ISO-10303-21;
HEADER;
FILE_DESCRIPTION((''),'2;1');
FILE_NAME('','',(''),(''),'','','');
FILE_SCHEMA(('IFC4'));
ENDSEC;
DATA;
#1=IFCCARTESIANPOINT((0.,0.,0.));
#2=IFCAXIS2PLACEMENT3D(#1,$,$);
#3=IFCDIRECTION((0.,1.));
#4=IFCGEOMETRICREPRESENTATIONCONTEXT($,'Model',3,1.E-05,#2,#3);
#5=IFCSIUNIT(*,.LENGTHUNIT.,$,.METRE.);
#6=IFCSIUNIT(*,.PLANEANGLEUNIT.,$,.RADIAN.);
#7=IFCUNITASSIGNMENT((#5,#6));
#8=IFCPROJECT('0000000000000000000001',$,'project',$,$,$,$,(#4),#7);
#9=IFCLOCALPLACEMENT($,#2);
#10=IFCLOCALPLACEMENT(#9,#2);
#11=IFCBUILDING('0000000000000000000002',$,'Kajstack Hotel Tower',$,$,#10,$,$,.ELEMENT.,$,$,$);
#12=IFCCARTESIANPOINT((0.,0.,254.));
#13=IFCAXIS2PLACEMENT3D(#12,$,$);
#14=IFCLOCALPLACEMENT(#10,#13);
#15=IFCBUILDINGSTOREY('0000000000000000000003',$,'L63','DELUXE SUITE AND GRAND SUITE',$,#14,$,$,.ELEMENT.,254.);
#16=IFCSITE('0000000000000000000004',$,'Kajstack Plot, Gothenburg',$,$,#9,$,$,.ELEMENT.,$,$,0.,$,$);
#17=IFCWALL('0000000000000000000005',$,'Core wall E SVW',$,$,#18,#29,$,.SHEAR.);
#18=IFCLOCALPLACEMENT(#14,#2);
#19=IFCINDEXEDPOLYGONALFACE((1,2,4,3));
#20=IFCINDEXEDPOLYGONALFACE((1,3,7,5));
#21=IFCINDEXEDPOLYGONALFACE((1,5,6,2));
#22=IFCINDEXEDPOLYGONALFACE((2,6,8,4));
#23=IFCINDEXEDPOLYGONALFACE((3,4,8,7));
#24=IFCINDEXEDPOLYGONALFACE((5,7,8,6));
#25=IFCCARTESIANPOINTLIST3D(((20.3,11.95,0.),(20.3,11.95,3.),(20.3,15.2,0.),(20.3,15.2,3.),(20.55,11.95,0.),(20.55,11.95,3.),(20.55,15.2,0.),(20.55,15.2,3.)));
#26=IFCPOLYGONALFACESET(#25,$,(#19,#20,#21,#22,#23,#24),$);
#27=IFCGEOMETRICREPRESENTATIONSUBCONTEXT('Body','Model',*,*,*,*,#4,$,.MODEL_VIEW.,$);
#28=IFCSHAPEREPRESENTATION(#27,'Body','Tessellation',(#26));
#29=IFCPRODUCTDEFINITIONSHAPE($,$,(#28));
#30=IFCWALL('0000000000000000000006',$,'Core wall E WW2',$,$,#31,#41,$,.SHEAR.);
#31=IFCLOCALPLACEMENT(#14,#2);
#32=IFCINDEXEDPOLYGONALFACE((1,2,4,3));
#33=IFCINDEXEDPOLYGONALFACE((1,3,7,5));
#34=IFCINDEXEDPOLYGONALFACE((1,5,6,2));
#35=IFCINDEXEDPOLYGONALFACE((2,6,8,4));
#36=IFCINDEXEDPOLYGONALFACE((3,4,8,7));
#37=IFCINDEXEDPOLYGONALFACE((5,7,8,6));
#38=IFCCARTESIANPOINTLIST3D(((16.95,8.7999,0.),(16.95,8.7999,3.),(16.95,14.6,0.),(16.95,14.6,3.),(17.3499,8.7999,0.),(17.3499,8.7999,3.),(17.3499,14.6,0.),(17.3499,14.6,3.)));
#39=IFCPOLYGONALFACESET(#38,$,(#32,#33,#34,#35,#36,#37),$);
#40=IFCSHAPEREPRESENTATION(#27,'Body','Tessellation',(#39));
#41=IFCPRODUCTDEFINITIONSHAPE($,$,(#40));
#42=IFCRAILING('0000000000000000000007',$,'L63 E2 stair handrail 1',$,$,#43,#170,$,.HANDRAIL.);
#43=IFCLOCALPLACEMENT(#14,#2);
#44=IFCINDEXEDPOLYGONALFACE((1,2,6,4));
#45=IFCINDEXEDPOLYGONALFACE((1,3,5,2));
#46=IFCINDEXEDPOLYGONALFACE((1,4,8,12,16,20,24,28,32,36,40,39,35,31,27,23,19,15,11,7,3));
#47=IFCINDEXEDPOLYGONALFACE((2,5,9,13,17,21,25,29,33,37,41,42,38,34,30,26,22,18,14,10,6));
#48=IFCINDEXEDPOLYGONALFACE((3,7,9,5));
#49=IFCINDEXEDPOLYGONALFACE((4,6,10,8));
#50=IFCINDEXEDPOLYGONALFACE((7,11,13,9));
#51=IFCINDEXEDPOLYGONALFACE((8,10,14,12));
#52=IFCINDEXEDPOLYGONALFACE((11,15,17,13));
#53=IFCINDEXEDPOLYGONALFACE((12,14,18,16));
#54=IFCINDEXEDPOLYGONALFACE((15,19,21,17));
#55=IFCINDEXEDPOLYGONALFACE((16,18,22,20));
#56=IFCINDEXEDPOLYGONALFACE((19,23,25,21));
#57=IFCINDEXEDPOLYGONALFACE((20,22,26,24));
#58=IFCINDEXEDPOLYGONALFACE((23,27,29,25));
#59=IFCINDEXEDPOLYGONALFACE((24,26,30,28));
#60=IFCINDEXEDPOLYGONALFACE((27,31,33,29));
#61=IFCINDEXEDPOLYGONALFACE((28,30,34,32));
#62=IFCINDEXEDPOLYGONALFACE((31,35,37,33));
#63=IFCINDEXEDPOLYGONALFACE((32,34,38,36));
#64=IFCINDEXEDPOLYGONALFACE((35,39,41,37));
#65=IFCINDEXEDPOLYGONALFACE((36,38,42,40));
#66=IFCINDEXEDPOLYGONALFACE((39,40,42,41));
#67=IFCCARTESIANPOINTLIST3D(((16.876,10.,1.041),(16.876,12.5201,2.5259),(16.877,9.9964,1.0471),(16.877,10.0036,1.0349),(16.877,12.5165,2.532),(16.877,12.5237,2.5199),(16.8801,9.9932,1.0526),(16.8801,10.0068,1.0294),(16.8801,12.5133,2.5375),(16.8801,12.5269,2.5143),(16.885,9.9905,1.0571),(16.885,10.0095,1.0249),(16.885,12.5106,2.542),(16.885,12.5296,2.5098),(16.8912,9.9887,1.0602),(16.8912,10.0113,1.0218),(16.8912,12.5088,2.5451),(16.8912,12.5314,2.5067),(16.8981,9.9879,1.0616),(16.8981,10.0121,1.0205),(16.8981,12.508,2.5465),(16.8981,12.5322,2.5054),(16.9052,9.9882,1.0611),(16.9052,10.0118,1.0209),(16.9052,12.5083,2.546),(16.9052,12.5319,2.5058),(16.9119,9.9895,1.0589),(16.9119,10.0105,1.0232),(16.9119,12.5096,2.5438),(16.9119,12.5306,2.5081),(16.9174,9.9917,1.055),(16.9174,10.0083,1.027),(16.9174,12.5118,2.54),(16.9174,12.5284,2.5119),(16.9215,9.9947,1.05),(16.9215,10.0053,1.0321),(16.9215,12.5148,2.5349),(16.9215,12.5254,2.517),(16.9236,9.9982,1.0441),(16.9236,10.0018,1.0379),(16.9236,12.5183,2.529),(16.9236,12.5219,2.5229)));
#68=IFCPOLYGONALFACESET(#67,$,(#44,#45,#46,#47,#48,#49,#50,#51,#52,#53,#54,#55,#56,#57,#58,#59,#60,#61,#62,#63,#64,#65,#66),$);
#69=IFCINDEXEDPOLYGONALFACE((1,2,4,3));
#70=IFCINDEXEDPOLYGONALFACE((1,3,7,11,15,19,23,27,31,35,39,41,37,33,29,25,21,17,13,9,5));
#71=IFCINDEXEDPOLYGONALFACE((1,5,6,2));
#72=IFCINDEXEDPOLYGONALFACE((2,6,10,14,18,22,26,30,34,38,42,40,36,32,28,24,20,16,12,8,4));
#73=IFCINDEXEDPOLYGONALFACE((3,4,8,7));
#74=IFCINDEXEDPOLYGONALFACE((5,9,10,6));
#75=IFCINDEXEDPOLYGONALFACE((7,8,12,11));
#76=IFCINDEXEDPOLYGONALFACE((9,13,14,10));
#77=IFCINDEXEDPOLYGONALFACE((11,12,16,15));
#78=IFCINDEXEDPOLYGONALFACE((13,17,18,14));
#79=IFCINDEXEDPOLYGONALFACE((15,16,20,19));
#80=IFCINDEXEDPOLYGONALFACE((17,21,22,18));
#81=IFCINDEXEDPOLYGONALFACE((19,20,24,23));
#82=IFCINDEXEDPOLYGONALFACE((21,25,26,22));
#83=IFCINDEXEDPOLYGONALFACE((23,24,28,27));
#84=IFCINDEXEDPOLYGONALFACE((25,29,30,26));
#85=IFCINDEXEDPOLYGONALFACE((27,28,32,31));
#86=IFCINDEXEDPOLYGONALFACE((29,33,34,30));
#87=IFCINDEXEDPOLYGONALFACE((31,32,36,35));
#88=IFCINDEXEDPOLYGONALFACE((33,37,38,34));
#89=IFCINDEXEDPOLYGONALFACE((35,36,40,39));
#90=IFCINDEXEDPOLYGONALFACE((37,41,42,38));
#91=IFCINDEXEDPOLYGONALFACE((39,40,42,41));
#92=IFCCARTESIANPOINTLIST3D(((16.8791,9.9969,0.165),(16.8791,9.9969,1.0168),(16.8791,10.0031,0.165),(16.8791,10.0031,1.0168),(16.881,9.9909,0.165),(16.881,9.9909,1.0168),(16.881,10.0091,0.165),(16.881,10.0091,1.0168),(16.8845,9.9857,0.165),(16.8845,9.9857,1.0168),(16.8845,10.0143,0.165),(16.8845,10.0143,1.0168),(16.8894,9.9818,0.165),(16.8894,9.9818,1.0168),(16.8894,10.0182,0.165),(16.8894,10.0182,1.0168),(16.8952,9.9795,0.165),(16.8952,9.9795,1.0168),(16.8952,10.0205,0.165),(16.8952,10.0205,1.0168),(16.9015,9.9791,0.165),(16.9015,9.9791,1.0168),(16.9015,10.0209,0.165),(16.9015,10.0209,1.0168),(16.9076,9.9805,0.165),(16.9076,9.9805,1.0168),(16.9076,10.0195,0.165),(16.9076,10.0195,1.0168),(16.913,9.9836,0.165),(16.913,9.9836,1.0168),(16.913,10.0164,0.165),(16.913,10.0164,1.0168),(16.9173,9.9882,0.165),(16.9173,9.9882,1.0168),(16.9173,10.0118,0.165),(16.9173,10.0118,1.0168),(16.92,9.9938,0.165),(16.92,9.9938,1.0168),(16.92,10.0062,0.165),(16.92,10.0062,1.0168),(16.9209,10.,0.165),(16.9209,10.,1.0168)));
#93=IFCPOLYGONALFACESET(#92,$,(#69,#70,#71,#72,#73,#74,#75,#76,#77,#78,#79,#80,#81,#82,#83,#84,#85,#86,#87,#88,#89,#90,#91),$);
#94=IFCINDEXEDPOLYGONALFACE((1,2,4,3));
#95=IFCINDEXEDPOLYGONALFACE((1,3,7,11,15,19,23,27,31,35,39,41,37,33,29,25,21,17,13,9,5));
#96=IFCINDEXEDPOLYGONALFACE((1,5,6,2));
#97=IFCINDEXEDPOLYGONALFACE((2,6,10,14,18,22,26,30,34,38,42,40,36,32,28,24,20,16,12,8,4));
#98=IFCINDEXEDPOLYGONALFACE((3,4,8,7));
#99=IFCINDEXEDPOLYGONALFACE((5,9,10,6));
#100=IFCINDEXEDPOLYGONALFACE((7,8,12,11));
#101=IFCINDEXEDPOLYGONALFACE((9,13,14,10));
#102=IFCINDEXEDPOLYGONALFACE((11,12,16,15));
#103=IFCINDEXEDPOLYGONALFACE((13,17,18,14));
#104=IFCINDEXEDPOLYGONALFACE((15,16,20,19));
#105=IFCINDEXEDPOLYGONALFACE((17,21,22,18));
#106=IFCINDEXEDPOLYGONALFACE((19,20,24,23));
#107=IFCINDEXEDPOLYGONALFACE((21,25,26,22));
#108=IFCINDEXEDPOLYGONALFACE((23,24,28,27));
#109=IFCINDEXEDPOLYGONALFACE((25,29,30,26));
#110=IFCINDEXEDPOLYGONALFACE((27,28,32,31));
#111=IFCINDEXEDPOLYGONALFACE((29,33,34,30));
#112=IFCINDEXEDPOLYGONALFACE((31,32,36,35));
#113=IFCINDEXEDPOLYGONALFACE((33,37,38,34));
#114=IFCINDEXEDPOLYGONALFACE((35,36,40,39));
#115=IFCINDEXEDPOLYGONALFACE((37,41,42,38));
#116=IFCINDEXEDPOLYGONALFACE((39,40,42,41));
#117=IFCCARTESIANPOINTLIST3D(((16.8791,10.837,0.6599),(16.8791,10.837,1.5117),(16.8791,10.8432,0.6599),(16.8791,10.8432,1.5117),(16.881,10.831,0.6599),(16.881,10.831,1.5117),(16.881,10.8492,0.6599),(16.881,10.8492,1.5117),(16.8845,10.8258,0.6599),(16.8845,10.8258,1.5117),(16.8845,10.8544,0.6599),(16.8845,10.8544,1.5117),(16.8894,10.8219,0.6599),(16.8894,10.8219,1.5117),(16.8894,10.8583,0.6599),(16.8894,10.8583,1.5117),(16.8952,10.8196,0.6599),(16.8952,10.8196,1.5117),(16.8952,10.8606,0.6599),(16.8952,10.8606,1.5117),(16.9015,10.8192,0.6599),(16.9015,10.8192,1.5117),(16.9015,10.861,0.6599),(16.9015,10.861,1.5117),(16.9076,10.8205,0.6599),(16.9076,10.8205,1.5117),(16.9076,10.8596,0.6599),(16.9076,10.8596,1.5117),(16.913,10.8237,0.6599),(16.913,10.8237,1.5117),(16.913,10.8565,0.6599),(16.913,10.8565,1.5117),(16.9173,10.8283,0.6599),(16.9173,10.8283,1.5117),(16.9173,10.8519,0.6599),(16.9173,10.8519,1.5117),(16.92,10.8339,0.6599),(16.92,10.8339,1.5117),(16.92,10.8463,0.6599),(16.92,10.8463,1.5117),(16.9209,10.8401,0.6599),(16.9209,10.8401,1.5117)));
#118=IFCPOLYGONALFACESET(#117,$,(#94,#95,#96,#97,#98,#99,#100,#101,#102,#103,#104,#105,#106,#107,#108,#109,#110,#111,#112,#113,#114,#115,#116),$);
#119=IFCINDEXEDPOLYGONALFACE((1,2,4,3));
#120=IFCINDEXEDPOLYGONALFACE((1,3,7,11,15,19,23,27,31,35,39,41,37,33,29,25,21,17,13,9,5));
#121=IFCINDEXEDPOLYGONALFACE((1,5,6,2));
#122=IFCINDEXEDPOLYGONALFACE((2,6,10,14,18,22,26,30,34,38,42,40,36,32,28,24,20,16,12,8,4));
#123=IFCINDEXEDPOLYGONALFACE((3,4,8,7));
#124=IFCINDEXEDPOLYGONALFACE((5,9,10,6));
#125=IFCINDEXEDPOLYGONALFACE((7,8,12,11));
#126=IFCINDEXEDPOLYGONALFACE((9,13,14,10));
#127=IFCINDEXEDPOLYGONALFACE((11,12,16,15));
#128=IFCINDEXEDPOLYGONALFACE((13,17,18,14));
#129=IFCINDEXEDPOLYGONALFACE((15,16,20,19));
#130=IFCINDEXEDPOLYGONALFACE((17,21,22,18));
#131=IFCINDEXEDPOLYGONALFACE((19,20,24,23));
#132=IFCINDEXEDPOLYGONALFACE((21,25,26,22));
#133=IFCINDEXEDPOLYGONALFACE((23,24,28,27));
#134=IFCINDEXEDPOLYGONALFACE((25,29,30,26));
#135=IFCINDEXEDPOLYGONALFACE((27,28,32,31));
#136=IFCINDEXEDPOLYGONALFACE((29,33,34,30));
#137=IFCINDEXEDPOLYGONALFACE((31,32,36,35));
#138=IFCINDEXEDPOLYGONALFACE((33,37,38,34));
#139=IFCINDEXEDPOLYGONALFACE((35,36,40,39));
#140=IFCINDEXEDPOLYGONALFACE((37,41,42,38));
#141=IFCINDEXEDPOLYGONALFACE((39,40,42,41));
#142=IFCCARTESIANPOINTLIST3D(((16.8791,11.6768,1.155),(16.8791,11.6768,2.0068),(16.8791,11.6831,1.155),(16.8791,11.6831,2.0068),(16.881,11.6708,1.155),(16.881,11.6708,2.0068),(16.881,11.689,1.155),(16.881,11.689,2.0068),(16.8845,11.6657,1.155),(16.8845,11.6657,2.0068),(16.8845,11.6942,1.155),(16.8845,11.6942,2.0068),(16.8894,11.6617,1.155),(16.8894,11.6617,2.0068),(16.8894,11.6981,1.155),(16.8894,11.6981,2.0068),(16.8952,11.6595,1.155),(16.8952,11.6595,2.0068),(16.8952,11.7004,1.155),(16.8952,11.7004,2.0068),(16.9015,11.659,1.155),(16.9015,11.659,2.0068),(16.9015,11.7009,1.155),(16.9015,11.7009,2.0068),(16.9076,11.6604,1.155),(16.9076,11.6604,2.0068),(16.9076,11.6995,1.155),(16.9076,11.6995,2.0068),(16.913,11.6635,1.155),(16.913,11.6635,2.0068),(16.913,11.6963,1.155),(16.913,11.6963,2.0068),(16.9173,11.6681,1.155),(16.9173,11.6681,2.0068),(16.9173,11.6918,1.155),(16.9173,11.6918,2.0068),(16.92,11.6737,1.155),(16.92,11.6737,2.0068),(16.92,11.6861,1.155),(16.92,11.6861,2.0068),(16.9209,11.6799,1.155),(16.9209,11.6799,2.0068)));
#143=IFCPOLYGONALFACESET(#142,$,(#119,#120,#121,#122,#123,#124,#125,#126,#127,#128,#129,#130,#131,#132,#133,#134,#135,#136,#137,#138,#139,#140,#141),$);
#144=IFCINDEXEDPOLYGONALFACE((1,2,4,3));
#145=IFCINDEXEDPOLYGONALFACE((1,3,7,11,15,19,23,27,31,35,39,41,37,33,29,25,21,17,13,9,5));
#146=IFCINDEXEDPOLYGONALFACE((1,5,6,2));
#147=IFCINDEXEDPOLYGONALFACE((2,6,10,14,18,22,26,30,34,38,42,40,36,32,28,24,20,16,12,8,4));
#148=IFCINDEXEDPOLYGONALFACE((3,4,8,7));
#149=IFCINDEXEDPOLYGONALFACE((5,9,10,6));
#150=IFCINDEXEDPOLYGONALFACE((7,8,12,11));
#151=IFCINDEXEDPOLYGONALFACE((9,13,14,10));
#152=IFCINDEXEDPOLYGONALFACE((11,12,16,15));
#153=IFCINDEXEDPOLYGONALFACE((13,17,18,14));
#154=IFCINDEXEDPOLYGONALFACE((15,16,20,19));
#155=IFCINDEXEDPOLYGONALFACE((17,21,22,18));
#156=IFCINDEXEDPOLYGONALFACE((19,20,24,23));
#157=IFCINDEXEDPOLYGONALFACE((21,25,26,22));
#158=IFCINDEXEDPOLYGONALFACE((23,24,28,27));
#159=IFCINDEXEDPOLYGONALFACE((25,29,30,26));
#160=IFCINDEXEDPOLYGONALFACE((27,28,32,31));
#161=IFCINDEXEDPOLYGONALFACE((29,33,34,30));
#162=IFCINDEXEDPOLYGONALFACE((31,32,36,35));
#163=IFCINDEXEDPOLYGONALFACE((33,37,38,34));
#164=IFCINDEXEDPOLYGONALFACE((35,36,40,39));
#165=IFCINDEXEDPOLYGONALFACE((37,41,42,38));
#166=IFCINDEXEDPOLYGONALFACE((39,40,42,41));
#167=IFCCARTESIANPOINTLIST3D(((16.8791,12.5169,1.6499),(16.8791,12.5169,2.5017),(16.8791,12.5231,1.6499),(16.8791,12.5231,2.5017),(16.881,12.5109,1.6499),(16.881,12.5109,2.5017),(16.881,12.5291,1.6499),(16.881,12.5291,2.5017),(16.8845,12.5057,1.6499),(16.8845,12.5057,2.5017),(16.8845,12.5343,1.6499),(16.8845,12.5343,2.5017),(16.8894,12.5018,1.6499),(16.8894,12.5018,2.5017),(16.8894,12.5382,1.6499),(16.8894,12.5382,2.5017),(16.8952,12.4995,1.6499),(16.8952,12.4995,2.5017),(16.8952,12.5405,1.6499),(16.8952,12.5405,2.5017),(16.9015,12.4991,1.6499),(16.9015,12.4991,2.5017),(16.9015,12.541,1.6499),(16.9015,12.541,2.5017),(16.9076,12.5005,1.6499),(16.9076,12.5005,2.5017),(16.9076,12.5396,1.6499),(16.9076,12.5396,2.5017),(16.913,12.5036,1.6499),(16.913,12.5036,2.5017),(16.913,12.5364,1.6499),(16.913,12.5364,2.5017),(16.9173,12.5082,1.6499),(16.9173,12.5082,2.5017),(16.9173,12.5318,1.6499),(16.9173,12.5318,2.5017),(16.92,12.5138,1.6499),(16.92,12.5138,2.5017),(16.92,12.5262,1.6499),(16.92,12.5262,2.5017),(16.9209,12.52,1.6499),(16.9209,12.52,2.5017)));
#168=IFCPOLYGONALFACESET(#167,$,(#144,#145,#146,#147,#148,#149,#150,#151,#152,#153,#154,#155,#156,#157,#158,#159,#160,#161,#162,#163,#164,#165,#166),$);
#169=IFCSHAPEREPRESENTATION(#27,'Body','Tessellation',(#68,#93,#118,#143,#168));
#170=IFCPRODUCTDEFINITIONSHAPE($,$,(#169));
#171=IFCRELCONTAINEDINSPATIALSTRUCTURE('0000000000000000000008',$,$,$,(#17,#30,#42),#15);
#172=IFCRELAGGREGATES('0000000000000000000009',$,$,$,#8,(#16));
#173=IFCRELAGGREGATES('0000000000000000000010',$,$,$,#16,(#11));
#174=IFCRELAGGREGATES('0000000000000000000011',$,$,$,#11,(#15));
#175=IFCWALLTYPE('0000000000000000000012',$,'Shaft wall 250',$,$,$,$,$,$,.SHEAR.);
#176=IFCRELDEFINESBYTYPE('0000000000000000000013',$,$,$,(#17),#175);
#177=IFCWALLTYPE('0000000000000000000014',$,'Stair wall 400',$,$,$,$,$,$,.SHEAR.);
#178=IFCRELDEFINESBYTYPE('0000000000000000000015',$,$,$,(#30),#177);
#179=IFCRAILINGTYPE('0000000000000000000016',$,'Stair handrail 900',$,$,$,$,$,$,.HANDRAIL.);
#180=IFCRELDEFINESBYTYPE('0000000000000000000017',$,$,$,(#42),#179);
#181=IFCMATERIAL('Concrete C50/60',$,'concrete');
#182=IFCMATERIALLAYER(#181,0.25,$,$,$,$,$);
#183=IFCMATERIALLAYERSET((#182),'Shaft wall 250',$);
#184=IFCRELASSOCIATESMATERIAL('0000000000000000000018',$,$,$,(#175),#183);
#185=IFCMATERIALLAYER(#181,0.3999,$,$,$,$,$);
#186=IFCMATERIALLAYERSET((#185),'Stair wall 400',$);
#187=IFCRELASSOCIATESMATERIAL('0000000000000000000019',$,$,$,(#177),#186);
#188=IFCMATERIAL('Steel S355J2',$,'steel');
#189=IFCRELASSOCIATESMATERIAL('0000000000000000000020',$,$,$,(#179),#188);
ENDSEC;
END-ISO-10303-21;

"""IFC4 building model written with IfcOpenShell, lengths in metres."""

from ifc_helpers import new_model, si_unit, direction, frame, frame_2d, origin, origin_2d, place, context, subcontext, project, spatial, rectangle, circle, extrude, material, layer, layer_set, type_object, element, save


model = new_model("IFC4")

# Units and contexts
model_context = context("Model", 3, precision=1e-05, world=origin(), true_north=direction((0.0, 1.0)))
body_context = subcontext(model_context, "Body", "Model", "MODEL_VIEW")
ifc_project = project(units=[si_unit("LENGTHUNIT", "METRE"), si_unit("PLANEANGLEUNIT", "RADIAN")], contexts=[model_context])

# Site, building, storey
site_placement = place(None, origin())
site = spatial("IfcSite", under=ifc_project, at=site_placement, Name="Kajstack Plot, Gothenburg", CompositionType="ELEMENT", RefElevation=0.0)
building_placement = place(site_placement, origin())
building = spatial("IfcBuilding", under=site, at=building_placement, Name="Kajstack Hotel Tower", CompositionType="ELEMENT")
storey_placement = place(building_placement, frame((0.0, 0.0, 254.0)))
storey = spatial("IfcBuildingStorey", under=building, at=storey_placement, Name="L63", Description="DELUXE SUITE AND GRAND SUITE", CompositionType="ELEMENT", Elevation=254.0)

# Shared definitions
ifc_material_1 = material(Name="Concrete C50/60", Category="concrete")
ifc_layer_1 = layer(ifc_material_1, 0.25)
ifc_layer_set_1 = layer_set([ifc_layer_1], Name="Shaft wall 250")
wall_type_1 = type_object("IfcWallType", Name="Shaft wall 250", PredefinedType="SHEAR", material=ifc_layer_set_1)

# Walls
wall_1_placement = place(storey_placement, frame((20.425, 11.95, 0.0), z_axis=(0.0, 0.0, 1.0), x_axis=(0.0, 1.0, 0.0)))
element("IfcWall", 1, at=wall_1_placement, inside=storey, type_object=wall_type_1, Name="Core wall E SVW", PredefinedType="SHEAR", context=body_context, shape_type="SweptSolid", body=[
    extrude(rectangle(XDim=3.25, YDim=0.25, at=frame_2d((1.625, 0.0))), origin(), (0.0, 0.0, 1.0), 3.0),
])
ifc_layer_2 = layer(ifc_material_1, 0.3999)
ifc_layer_set_2 = layer_set([ifc_layer_2], Name="Stair wall 400")
wall_type_2 = type_object("IfcWallType", Name="Stair wall 400", PredefinedType="SHEAR", material=ifc_layer_set_2)
wall_2_placement = place(storey_placement, frame((17.1499, 8.8, 0.0), z_axis=(0.0, 0.0, 1.0), x_axis=(0.0, 1.0, 0.0)))
element("IfcWall", 2, at=wall_2_placement, inside=storey, type_object=wall_type_2, Name="Core wall E WW2", PredefinedType="SHEAR", context=body_context, shape_type="SweptSolid", body=[
    extrude(rectangle(XDim=5.8, YDim=0.3999, at=frame_2d((2.8999, 0.0))), origin(), (0.0, 0.0, 1.0), 3.0),
])

# Railing
ifc_material_2 = material(Name="Steel S355J2", Category="steel")
railing_type_1 = type_object("IfcRailingType", Name="Stair handrail 900", PredefinedType="HANDRAIL", material=ifc_material_2)
railing_1_placement = place(storey_placement, frame((16.8999, 10.0, 0.165)))
element("IfcRailing", 3, at=railing_1_placement, inside=storey, type_object=railing_type_1, Name="L63 E2 stair handrail 1", PredefinedType="HANDRAIL", context=body_context, shape_type="SweptSolid", body=[
    extrude(circle(Radius=0.0239, at=origin_2d()), frame((0.0, 0.0, 0.876), z_axis=(0.0, 0.861561, 0.507655), x_axis=(-1.0, 0.0, 0.0)), (0.0, 0.0, 1.0), 2.925),
    extrude(circle(Radius=0.021, at=origin_2d()), origin(), (0.0, 0.0, 1.0), 0.8518),
    extrude(circle(Radius=0.021, at=origin_2d()), frame((0.0, 0.8401, 0.4949)), (0.0, 0.0, 1.0), 0.8518),
    extrude(circle(Radius=0.021, at=origin_2d()), frame((0.0, 1.6799, 0.99)), (0.0, 0.0, 1.0), 0.8518),
    extrude(circle(Radius=0.021, at=origin_2d()), frame((0.0, 2.52, 1.4849)), (0.0, 0.0, 1.0), 0.8518),
])

save(model, "model.ifc")
